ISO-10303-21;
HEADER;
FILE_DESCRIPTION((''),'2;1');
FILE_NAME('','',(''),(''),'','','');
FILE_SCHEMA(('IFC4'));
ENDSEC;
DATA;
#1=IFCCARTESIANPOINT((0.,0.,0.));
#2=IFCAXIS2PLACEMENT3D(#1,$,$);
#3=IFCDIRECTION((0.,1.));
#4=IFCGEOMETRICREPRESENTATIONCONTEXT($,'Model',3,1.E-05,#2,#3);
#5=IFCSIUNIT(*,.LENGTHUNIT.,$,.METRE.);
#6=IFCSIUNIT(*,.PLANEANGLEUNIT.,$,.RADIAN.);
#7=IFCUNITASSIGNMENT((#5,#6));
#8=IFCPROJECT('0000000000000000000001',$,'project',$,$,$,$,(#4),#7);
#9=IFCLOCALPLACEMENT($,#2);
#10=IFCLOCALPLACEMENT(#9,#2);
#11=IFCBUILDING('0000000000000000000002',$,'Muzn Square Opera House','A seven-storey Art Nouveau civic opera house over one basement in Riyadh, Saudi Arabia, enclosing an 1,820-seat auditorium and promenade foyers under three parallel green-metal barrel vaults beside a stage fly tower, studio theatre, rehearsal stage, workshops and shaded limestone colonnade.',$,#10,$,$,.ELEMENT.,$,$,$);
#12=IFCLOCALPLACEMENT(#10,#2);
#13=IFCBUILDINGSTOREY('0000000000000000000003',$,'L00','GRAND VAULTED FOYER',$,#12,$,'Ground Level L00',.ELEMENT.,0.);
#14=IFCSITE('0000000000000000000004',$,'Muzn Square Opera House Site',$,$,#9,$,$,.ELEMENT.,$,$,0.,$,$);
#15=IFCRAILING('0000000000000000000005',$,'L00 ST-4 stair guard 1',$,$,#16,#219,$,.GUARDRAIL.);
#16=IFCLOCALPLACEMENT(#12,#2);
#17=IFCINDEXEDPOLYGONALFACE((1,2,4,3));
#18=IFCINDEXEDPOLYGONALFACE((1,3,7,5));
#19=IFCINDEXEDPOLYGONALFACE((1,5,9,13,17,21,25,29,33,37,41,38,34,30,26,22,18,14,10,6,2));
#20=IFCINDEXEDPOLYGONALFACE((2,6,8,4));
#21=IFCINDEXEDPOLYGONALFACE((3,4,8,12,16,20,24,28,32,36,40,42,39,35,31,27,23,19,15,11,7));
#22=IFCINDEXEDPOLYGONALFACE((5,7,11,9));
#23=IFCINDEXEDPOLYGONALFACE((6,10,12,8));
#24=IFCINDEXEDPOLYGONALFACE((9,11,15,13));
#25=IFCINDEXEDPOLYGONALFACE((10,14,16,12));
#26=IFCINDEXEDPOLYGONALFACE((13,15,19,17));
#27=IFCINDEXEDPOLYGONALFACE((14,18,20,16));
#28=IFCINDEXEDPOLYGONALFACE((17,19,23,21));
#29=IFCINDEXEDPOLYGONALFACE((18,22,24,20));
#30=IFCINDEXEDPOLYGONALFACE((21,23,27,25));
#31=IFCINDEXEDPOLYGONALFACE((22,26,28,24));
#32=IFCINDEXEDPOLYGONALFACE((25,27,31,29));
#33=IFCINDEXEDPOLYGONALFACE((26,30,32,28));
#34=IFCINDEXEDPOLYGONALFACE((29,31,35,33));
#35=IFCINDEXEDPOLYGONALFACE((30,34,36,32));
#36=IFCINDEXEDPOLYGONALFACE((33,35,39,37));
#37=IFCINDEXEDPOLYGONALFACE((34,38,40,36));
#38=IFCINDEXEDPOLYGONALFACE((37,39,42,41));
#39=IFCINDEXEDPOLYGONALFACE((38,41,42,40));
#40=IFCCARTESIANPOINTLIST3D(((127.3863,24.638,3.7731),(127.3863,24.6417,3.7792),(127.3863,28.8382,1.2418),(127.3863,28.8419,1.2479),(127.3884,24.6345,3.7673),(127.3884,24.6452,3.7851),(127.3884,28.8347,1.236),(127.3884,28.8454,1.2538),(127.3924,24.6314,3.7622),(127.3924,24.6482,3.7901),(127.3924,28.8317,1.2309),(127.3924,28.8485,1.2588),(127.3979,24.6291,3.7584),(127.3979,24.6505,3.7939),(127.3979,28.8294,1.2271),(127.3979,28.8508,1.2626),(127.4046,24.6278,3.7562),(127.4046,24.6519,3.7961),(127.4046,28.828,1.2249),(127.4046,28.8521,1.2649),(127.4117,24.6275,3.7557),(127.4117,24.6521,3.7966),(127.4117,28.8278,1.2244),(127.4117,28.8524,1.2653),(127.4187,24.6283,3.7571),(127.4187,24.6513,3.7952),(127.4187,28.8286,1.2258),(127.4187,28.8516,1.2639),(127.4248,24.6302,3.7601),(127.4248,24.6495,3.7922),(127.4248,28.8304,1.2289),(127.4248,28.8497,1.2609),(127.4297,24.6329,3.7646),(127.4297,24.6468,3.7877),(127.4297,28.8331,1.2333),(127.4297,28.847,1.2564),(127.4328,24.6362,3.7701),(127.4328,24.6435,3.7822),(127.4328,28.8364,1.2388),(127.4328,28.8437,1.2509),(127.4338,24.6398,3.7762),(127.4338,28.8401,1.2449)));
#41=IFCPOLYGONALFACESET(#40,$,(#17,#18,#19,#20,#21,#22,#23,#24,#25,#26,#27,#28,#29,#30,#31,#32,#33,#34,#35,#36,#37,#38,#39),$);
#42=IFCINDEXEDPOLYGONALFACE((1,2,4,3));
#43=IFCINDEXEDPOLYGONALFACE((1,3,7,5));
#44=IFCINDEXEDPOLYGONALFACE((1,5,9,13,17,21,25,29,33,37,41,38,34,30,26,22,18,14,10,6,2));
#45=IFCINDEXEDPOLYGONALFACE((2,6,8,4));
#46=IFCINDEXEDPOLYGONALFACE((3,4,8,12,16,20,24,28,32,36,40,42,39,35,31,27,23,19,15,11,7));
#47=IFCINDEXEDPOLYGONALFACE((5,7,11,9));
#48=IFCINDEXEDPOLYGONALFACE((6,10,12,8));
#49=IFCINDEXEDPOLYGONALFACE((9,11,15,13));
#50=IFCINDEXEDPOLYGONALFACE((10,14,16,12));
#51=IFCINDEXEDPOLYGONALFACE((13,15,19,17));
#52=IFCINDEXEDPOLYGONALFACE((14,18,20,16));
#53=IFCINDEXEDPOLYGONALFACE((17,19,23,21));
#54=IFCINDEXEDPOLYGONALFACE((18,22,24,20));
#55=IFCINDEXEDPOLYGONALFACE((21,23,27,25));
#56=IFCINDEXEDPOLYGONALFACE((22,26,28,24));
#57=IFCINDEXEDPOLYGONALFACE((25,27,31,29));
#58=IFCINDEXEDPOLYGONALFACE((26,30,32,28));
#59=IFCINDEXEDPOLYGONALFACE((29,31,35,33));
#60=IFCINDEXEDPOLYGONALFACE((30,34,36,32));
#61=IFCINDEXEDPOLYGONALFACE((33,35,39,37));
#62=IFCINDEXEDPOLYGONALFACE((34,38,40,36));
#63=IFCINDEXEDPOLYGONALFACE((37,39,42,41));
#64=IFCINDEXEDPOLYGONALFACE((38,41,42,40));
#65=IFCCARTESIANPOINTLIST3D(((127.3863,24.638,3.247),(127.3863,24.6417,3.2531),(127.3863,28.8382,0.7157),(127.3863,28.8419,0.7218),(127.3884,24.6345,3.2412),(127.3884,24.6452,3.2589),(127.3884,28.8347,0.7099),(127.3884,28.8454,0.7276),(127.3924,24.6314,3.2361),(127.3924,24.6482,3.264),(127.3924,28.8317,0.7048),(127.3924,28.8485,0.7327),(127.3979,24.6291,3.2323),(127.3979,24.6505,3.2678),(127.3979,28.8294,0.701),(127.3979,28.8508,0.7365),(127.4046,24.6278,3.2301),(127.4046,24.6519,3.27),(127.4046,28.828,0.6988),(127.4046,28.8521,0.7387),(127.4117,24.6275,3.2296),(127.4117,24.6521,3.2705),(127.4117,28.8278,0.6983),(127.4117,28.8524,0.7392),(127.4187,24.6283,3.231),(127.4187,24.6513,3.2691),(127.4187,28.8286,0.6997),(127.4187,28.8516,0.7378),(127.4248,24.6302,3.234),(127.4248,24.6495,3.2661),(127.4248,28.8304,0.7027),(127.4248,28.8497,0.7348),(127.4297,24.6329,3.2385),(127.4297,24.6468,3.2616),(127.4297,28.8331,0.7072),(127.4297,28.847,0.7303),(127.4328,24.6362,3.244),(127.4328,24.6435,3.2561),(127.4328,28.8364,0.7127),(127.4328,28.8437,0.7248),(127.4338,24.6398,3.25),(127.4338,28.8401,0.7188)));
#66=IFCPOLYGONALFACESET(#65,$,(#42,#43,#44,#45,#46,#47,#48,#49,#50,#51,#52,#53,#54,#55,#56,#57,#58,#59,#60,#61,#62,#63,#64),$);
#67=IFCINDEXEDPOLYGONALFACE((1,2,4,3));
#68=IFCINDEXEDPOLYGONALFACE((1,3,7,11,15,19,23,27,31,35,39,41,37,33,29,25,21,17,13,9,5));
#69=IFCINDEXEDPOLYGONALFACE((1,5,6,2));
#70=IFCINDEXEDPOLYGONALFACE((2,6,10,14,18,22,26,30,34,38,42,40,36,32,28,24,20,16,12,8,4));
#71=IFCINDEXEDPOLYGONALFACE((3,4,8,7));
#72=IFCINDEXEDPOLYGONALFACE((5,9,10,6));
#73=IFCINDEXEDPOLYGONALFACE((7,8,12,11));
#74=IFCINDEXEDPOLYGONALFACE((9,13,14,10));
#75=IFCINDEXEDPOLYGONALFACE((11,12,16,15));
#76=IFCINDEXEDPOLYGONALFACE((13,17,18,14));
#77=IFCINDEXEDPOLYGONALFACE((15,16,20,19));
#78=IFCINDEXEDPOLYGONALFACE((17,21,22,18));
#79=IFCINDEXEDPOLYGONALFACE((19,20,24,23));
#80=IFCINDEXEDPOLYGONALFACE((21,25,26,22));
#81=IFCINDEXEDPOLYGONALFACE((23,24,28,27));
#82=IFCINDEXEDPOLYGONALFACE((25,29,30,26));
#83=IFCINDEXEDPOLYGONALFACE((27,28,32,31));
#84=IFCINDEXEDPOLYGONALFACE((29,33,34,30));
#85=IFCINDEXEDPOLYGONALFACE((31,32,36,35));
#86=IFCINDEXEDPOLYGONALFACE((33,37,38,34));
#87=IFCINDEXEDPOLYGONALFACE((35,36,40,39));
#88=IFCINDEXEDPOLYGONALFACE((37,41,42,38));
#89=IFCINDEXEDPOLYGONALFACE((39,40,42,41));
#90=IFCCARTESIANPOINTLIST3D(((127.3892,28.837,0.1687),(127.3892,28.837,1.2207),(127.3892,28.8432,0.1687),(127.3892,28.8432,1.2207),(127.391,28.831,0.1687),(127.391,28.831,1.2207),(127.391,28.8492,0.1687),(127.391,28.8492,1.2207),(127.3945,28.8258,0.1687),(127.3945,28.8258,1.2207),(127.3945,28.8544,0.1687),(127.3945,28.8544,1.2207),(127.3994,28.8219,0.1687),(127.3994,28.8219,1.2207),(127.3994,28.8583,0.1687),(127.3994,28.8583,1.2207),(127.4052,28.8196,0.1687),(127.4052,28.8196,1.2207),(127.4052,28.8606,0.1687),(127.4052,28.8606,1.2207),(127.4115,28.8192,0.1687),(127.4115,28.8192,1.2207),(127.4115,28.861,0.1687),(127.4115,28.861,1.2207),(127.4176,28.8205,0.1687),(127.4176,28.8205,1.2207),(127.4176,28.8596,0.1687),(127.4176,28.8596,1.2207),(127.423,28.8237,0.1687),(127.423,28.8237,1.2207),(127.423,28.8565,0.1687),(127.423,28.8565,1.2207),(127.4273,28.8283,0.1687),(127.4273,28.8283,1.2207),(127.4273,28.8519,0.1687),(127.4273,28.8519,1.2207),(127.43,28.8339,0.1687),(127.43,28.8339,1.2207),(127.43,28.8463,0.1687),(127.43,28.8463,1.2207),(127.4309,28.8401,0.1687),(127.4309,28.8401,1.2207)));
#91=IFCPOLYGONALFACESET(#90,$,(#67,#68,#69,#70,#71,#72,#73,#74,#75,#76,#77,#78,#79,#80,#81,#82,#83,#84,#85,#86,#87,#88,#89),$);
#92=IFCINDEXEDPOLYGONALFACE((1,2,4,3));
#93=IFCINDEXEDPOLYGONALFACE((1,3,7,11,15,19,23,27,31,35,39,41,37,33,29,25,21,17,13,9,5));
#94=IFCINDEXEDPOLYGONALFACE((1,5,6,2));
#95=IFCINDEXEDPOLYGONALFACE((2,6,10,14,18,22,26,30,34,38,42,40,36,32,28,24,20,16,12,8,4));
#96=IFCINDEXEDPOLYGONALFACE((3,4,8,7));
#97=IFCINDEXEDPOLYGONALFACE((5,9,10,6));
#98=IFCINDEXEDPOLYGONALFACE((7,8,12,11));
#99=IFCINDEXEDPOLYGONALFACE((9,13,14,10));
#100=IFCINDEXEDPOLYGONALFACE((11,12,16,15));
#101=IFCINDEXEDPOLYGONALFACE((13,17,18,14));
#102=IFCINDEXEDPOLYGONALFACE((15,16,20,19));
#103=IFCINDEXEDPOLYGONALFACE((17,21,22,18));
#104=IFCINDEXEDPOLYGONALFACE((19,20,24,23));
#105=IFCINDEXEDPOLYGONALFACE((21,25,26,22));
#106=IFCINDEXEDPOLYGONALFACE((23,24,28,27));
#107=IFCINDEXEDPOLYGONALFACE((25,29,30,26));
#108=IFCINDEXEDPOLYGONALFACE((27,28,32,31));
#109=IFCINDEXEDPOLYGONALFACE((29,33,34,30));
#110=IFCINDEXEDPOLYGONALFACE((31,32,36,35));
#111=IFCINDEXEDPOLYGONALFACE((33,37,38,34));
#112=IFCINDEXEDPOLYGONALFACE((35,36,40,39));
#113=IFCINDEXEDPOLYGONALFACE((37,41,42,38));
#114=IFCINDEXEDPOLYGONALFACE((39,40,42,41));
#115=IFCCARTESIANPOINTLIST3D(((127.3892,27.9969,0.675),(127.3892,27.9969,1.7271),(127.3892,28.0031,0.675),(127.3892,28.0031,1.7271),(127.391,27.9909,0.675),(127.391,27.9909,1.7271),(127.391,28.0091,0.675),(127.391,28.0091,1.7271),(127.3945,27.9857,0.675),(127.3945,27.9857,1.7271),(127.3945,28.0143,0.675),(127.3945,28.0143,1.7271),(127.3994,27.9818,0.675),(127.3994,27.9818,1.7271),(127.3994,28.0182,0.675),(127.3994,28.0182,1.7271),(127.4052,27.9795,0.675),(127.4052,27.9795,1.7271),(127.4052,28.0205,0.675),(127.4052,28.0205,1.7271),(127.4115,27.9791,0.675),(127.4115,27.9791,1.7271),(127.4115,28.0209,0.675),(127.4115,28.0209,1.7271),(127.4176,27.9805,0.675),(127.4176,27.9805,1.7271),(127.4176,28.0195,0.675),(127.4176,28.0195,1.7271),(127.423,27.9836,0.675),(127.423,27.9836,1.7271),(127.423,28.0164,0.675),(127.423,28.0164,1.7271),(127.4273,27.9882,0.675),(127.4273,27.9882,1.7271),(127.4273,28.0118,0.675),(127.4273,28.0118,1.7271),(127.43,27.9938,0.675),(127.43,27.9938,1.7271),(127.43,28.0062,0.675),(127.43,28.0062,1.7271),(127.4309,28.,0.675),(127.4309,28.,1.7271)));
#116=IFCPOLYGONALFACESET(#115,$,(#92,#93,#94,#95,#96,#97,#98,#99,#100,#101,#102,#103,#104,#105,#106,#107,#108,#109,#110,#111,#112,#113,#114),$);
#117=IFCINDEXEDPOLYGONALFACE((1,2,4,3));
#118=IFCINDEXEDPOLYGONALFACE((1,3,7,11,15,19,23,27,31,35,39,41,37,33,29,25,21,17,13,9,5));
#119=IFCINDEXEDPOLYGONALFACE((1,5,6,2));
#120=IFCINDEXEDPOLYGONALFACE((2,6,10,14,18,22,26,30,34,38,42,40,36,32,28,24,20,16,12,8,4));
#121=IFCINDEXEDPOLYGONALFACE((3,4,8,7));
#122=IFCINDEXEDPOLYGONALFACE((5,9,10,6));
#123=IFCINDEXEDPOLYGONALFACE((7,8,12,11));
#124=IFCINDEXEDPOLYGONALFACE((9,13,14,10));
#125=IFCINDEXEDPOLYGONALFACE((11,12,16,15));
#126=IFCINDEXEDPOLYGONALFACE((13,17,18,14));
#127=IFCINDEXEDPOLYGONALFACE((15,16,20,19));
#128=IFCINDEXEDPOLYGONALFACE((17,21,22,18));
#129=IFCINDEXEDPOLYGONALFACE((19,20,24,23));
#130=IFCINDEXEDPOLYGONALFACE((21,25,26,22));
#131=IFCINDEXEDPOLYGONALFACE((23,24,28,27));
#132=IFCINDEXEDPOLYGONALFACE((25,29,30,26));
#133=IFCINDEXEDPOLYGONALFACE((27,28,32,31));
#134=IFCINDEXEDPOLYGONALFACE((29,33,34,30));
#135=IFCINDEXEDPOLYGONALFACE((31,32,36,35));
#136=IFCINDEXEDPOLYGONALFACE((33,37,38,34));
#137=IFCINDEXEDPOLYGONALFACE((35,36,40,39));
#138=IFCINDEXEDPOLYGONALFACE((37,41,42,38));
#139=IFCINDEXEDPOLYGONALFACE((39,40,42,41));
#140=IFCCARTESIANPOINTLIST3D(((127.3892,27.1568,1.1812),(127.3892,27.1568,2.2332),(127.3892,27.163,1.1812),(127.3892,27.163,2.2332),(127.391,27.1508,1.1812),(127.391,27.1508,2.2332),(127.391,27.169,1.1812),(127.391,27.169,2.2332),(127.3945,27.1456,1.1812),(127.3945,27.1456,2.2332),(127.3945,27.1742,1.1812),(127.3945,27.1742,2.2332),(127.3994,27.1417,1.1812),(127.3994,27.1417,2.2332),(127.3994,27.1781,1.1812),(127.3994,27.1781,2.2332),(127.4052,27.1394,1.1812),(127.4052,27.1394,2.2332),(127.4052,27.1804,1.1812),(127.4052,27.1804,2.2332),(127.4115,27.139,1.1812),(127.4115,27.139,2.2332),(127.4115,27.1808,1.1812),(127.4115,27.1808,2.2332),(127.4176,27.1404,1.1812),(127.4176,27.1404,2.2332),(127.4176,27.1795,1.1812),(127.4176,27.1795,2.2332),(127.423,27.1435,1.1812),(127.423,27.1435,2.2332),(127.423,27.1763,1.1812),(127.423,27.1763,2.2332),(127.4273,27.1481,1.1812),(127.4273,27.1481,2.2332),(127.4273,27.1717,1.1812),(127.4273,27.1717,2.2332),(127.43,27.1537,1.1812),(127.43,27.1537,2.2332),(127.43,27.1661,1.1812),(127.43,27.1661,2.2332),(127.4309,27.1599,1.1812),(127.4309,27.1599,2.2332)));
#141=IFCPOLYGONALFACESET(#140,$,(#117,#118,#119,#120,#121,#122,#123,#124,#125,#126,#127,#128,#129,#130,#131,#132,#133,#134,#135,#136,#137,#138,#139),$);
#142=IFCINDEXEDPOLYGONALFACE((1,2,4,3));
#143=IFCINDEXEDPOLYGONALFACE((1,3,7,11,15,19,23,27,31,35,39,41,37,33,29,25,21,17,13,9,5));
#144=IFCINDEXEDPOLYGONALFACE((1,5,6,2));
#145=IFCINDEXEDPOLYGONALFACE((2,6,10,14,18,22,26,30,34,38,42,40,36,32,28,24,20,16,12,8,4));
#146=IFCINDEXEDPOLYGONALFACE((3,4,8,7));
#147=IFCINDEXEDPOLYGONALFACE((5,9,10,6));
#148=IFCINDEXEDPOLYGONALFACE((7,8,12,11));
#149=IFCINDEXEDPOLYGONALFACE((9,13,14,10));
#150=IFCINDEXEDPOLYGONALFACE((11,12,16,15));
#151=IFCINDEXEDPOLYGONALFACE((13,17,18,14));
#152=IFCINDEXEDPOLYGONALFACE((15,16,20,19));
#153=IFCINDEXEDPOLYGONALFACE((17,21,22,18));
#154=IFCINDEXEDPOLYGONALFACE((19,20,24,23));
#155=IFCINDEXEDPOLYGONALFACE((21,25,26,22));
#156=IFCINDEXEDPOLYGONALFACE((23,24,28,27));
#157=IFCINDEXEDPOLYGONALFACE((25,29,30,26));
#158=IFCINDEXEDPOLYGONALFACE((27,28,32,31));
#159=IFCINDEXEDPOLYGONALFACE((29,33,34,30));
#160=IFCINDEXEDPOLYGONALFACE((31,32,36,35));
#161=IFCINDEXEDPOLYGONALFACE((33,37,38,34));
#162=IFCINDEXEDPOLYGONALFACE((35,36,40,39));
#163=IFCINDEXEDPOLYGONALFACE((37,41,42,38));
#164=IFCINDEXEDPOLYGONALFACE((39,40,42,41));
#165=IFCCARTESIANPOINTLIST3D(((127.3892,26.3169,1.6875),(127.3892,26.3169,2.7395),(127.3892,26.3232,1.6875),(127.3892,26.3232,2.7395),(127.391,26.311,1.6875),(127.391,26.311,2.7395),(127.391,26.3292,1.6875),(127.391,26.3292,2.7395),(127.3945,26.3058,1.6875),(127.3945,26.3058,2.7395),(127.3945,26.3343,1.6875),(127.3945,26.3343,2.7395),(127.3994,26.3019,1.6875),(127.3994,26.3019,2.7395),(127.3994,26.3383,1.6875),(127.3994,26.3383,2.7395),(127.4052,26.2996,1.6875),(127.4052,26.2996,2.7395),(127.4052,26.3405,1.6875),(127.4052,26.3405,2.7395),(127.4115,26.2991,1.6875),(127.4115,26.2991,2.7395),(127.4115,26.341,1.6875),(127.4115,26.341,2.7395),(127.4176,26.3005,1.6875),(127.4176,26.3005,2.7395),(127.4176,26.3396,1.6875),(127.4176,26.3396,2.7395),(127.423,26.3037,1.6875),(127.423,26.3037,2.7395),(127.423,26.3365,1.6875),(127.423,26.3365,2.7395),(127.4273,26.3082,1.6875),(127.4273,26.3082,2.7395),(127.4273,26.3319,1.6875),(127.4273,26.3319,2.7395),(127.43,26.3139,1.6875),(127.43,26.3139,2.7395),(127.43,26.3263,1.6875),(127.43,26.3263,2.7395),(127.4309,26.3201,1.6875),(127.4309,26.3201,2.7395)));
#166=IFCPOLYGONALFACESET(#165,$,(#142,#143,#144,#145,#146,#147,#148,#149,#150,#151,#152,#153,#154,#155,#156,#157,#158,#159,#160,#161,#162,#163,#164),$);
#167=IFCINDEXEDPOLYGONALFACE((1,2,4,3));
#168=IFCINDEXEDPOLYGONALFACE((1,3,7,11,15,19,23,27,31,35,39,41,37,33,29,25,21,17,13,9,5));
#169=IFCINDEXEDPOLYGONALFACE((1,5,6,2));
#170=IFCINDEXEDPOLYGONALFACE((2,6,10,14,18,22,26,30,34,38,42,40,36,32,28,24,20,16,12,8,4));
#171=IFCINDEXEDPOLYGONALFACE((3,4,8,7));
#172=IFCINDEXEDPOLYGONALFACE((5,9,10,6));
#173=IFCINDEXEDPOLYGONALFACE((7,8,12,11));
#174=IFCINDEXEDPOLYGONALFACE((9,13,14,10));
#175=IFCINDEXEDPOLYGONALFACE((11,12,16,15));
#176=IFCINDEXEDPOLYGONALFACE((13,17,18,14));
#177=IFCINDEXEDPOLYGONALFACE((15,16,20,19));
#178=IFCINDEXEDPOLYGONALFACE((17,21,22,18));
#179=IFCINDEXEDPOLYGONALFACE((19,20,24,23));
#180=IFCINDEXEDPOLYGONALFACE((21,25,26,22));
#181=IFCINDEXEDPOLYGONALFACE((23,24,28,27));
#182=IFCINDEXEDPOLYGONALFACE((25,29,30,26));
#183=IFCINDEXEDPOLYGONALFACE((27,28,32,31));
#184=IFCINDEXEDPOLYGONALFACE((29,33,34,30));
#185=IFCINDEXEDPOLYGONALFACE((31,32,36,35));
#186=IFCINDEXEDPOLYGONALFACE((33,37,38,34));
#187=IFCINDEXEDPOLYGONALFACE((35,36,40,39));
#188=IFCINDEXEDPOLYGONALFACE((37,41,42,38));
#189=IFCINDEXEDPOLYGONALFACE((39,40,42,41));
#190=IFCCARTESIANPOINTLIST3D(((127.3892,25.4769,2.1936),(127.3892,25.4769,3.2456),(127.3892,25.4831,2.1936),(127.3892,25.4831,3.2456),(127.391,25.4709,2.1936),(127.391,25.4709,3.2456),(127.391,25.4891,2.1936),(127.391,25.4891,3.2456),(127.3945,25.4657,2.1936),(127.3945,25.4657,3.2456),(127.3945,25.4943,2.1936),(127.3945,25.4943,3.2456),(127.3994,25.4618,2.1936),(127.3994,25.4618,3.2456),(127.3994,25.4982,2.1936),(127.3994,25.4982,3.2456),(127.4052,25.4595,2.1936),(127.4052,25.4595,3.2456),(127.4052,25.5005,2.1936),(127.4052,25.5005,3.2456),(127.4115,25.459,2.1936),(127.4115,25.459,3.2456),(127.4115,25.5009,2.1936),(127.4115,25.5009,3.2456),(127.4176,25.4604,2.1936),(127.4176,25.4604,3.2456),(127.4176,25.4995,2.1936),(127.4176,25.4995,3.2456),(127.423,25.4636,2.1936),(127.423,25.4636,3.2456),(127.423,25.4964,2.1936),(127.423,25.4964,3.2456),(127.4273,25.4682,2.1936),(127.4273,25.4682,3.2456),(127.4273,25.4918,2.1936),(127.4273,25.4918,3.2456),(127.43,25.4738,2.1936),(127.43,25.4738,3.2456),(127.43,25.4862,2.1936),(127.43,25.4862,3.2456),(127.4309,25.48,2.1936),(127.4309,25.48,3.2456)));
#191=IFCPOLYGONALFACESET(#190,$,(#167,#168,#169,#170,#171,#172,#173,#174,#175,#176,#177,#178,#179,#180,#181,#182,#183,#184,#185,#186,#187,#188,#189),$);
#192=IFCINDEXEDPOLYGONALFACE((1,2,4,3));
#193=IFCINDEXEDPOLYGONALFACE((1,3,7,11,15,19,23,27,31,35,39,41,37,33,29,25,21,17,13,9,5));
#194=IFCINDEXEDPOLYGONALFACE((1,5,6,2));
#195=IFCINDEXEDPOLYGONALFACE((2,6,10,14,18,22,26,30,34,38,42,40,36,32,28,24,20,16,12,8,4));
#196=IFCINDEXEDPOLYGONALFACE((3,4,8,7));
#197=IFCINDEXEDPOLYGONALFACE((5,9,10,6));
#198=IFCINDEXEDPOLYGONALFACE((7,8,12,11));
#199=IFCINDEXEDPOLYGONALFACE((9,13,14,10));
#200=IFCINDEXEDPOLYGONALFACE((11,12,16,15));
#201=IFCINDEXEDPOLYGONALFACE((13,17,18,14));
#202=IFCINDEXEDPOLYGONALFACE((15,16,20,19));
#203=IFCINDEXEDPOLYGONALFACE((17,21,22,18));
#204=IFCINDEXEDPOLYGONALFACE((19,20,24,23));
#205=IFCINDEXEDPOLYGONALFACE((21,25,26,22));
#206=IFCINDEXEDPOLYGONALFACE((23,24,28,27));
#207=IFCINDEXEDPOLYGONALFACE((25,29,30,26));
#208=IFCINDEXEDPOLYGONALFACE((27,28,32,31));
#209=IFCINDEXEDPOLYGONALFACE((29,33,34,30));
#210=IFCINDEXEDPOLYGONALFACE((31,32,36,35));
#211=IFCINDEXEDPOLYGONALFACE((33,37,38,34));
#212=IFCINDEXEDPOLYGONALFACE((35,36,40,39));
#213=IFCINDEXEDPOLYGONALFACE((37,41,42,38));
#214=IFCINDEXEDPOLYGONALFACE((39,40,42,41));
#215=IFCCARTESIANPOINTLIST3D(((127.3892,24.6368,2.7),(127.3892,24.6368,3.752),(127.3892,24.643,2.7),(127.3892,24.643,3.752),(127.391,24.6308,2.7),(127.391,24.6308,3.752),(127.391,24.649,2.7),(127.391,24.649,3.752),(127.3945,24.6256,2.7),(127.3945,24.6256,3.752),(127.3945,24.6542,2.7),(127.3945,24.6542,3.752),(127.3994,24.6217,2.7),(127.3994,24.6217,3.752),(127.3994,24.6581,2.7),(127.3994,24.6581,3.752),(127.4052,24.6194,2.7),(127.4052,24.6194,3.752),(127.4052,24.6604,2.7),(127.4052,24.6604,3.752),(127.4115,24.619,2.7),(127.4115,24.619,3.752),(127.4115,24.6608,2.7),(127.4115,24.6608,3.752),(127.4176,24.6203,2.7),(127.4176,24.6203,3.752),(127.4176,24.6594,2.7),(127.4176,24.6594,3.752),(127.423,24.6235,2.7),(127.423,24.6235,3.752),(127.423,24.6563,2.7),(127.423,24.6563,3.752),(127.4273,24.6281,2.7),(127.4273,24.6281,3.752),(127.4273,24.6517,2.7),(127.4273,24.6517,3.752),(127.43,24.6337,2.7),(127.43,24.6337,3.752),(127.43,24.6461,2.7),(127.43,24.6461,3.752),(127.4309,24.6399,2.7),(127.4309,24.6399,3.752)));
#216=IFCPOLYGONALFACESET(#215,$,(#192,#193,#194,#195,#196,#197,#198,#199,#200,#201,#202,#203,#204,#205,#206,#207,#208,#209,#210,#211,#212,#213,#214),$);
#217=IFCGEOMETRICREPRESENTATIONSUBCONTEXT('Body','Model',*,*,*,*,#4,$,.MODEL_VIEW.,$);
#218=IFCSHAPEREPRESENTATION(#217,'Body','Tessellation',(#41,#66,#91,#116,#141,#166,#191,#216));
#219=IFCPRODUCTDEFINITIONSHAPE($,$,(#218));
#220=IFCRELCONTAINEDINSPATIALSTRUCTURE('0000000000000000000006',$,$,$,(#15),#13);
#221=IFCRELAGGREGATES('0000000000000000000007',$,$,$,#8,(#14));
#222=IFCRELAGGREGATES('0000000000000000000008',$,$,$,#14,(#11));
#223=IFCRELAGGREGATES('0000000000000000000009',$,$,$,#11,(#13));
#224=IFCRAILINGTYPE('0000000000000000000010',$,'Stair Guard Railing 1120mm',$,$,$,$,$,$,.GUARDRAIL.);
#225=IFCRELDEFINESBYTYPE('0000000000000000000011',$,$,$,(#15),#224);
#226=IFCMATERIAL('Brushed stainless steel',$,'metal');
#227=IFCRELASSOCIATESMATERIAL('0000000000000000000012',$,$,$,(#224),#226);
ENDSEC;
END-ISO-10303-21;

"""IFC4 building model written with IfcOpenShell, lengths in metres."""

from ifc_helpers import new_model, si_unit, direction, frame, origin, origin_2d, place, context, subcontext, project, spatial, circle, extrude, material, type_object, element, save


model = new_model("IFC4")

# Units and contexts
model_context = context("Model", 3, precision=1e-05, world=origin(), true_north=direction((0.0, 1.0)))
body_context = subcontext(model_context, "Body", "Model", "MODEL_VIEW")
ifc_project = project(units=[si_unit("LENGTHUNIT", "METRE"), si_unit("PLANEANGLEUNIT", "RADIAN")], contexts=[model_context])

# Site, building, storey
site_placement = place(None, origin())
site = spatial("IfcSite", under=ifc_project, at=site_placement, Name="Muzn Square Opera House Site", CompositionType="ELEMENT", RefElevation=0.0)
building_placement = place(site_placement, origin())
building = spatial("IfcBuilding", under=site, at=building_placement, Name="Muzn Square Opera House", Description="A seven-storey Art Nouveau civic opera house over one basement in Riyadh, Saudi Arabia, enclosing an 1,820-seat auditorium and promenade foyers under three parallel green-metal barrel vaults beside a stage fly tower, studio theatre, rehearsal stage, workshops and shaded limestone colonnade.", CompositionType="ELEMENT")
storey_placement = place(building_placement, origin())
storey = spatial("IfcBuildingStorey", under=building, at=storey_placement, Name="L00", Description="GRAND VAULTED FOYER", LongName="Ground Level L00", CompositionType="ELEMENT", Elevation=0.0)

# Railing
ifc_material_1 = material(Name="Brushed stainless steel", Category="metal")
railing_type_1 = type_object("IfcRailingType", Name="Stair Guard Railing 1120mm", PredefinedType="GUARDRAIL", material=ifc_material_1)
railing_1_placement = place(storey_placement, frame((127.4099, 28.8401, 0.1687)))
element("IfcRailing", 1, at=railing_1_placement, inside=storey, type_object=railing_type_1, Name="L00 ST-4 stair guard 1", PredefinedType="GUARDRAIL", context=body_context, shape_type="SweptSolid", body=[
    extrude(circle(Radius=0.0239, at=origin_2d()), frame((0.0, 0.0, 1.0762), z_axis=(0.0, -0.85649, 0.516164), x_axis=(1.0, 0.0, 0.0)), (0.0, 0.0, 1.0), 4.9041),
    extrude(circle(Radius=0.0239, at=origin_2d()), frame((0.0, 0.0, 0.55), z_axis=(0.0, -0.85649, 0.516164), x_axis=(1.0, 0.0, 0.0)), (0.0, 0.0, 1.0), 4.9041),
    extrude(circle(Radius=0.021, at=origin_2d()), origin(), (0.0, 0.0, 1.0), 1.052),
    extrude(circle(Radius=0.021, at=origin_2d()), frame((0.0, -0.8401, 0.5063)), (0.0, 0.0, 1.0), 1.052),
    extrude(circle(Radius=0.021, at=origin_2d()), frame((0.0, -1.6802, 1.0125)), (0.0, 0.0, 1.0), 1.052),
    extrude(circle(Radius=0.021, at=origin_2d()), frame((0.0, -2.52, 1.5188)), (0.0, 0.0, 1.0), 1.052),
    extrude(circle(Radius=0.021, at=origin_2d()), frame((0.0, -3.3601, 2.0249)), (0.0, 0.0, 1.0), 1.052),
    extrude(circle(Radius=0.021, at=origin_2d()), frame((0.0, -4.2002, 2.5312)), (0.0, 0.0, 1.0), 1.052),
])

save(model, "model.ifc")
